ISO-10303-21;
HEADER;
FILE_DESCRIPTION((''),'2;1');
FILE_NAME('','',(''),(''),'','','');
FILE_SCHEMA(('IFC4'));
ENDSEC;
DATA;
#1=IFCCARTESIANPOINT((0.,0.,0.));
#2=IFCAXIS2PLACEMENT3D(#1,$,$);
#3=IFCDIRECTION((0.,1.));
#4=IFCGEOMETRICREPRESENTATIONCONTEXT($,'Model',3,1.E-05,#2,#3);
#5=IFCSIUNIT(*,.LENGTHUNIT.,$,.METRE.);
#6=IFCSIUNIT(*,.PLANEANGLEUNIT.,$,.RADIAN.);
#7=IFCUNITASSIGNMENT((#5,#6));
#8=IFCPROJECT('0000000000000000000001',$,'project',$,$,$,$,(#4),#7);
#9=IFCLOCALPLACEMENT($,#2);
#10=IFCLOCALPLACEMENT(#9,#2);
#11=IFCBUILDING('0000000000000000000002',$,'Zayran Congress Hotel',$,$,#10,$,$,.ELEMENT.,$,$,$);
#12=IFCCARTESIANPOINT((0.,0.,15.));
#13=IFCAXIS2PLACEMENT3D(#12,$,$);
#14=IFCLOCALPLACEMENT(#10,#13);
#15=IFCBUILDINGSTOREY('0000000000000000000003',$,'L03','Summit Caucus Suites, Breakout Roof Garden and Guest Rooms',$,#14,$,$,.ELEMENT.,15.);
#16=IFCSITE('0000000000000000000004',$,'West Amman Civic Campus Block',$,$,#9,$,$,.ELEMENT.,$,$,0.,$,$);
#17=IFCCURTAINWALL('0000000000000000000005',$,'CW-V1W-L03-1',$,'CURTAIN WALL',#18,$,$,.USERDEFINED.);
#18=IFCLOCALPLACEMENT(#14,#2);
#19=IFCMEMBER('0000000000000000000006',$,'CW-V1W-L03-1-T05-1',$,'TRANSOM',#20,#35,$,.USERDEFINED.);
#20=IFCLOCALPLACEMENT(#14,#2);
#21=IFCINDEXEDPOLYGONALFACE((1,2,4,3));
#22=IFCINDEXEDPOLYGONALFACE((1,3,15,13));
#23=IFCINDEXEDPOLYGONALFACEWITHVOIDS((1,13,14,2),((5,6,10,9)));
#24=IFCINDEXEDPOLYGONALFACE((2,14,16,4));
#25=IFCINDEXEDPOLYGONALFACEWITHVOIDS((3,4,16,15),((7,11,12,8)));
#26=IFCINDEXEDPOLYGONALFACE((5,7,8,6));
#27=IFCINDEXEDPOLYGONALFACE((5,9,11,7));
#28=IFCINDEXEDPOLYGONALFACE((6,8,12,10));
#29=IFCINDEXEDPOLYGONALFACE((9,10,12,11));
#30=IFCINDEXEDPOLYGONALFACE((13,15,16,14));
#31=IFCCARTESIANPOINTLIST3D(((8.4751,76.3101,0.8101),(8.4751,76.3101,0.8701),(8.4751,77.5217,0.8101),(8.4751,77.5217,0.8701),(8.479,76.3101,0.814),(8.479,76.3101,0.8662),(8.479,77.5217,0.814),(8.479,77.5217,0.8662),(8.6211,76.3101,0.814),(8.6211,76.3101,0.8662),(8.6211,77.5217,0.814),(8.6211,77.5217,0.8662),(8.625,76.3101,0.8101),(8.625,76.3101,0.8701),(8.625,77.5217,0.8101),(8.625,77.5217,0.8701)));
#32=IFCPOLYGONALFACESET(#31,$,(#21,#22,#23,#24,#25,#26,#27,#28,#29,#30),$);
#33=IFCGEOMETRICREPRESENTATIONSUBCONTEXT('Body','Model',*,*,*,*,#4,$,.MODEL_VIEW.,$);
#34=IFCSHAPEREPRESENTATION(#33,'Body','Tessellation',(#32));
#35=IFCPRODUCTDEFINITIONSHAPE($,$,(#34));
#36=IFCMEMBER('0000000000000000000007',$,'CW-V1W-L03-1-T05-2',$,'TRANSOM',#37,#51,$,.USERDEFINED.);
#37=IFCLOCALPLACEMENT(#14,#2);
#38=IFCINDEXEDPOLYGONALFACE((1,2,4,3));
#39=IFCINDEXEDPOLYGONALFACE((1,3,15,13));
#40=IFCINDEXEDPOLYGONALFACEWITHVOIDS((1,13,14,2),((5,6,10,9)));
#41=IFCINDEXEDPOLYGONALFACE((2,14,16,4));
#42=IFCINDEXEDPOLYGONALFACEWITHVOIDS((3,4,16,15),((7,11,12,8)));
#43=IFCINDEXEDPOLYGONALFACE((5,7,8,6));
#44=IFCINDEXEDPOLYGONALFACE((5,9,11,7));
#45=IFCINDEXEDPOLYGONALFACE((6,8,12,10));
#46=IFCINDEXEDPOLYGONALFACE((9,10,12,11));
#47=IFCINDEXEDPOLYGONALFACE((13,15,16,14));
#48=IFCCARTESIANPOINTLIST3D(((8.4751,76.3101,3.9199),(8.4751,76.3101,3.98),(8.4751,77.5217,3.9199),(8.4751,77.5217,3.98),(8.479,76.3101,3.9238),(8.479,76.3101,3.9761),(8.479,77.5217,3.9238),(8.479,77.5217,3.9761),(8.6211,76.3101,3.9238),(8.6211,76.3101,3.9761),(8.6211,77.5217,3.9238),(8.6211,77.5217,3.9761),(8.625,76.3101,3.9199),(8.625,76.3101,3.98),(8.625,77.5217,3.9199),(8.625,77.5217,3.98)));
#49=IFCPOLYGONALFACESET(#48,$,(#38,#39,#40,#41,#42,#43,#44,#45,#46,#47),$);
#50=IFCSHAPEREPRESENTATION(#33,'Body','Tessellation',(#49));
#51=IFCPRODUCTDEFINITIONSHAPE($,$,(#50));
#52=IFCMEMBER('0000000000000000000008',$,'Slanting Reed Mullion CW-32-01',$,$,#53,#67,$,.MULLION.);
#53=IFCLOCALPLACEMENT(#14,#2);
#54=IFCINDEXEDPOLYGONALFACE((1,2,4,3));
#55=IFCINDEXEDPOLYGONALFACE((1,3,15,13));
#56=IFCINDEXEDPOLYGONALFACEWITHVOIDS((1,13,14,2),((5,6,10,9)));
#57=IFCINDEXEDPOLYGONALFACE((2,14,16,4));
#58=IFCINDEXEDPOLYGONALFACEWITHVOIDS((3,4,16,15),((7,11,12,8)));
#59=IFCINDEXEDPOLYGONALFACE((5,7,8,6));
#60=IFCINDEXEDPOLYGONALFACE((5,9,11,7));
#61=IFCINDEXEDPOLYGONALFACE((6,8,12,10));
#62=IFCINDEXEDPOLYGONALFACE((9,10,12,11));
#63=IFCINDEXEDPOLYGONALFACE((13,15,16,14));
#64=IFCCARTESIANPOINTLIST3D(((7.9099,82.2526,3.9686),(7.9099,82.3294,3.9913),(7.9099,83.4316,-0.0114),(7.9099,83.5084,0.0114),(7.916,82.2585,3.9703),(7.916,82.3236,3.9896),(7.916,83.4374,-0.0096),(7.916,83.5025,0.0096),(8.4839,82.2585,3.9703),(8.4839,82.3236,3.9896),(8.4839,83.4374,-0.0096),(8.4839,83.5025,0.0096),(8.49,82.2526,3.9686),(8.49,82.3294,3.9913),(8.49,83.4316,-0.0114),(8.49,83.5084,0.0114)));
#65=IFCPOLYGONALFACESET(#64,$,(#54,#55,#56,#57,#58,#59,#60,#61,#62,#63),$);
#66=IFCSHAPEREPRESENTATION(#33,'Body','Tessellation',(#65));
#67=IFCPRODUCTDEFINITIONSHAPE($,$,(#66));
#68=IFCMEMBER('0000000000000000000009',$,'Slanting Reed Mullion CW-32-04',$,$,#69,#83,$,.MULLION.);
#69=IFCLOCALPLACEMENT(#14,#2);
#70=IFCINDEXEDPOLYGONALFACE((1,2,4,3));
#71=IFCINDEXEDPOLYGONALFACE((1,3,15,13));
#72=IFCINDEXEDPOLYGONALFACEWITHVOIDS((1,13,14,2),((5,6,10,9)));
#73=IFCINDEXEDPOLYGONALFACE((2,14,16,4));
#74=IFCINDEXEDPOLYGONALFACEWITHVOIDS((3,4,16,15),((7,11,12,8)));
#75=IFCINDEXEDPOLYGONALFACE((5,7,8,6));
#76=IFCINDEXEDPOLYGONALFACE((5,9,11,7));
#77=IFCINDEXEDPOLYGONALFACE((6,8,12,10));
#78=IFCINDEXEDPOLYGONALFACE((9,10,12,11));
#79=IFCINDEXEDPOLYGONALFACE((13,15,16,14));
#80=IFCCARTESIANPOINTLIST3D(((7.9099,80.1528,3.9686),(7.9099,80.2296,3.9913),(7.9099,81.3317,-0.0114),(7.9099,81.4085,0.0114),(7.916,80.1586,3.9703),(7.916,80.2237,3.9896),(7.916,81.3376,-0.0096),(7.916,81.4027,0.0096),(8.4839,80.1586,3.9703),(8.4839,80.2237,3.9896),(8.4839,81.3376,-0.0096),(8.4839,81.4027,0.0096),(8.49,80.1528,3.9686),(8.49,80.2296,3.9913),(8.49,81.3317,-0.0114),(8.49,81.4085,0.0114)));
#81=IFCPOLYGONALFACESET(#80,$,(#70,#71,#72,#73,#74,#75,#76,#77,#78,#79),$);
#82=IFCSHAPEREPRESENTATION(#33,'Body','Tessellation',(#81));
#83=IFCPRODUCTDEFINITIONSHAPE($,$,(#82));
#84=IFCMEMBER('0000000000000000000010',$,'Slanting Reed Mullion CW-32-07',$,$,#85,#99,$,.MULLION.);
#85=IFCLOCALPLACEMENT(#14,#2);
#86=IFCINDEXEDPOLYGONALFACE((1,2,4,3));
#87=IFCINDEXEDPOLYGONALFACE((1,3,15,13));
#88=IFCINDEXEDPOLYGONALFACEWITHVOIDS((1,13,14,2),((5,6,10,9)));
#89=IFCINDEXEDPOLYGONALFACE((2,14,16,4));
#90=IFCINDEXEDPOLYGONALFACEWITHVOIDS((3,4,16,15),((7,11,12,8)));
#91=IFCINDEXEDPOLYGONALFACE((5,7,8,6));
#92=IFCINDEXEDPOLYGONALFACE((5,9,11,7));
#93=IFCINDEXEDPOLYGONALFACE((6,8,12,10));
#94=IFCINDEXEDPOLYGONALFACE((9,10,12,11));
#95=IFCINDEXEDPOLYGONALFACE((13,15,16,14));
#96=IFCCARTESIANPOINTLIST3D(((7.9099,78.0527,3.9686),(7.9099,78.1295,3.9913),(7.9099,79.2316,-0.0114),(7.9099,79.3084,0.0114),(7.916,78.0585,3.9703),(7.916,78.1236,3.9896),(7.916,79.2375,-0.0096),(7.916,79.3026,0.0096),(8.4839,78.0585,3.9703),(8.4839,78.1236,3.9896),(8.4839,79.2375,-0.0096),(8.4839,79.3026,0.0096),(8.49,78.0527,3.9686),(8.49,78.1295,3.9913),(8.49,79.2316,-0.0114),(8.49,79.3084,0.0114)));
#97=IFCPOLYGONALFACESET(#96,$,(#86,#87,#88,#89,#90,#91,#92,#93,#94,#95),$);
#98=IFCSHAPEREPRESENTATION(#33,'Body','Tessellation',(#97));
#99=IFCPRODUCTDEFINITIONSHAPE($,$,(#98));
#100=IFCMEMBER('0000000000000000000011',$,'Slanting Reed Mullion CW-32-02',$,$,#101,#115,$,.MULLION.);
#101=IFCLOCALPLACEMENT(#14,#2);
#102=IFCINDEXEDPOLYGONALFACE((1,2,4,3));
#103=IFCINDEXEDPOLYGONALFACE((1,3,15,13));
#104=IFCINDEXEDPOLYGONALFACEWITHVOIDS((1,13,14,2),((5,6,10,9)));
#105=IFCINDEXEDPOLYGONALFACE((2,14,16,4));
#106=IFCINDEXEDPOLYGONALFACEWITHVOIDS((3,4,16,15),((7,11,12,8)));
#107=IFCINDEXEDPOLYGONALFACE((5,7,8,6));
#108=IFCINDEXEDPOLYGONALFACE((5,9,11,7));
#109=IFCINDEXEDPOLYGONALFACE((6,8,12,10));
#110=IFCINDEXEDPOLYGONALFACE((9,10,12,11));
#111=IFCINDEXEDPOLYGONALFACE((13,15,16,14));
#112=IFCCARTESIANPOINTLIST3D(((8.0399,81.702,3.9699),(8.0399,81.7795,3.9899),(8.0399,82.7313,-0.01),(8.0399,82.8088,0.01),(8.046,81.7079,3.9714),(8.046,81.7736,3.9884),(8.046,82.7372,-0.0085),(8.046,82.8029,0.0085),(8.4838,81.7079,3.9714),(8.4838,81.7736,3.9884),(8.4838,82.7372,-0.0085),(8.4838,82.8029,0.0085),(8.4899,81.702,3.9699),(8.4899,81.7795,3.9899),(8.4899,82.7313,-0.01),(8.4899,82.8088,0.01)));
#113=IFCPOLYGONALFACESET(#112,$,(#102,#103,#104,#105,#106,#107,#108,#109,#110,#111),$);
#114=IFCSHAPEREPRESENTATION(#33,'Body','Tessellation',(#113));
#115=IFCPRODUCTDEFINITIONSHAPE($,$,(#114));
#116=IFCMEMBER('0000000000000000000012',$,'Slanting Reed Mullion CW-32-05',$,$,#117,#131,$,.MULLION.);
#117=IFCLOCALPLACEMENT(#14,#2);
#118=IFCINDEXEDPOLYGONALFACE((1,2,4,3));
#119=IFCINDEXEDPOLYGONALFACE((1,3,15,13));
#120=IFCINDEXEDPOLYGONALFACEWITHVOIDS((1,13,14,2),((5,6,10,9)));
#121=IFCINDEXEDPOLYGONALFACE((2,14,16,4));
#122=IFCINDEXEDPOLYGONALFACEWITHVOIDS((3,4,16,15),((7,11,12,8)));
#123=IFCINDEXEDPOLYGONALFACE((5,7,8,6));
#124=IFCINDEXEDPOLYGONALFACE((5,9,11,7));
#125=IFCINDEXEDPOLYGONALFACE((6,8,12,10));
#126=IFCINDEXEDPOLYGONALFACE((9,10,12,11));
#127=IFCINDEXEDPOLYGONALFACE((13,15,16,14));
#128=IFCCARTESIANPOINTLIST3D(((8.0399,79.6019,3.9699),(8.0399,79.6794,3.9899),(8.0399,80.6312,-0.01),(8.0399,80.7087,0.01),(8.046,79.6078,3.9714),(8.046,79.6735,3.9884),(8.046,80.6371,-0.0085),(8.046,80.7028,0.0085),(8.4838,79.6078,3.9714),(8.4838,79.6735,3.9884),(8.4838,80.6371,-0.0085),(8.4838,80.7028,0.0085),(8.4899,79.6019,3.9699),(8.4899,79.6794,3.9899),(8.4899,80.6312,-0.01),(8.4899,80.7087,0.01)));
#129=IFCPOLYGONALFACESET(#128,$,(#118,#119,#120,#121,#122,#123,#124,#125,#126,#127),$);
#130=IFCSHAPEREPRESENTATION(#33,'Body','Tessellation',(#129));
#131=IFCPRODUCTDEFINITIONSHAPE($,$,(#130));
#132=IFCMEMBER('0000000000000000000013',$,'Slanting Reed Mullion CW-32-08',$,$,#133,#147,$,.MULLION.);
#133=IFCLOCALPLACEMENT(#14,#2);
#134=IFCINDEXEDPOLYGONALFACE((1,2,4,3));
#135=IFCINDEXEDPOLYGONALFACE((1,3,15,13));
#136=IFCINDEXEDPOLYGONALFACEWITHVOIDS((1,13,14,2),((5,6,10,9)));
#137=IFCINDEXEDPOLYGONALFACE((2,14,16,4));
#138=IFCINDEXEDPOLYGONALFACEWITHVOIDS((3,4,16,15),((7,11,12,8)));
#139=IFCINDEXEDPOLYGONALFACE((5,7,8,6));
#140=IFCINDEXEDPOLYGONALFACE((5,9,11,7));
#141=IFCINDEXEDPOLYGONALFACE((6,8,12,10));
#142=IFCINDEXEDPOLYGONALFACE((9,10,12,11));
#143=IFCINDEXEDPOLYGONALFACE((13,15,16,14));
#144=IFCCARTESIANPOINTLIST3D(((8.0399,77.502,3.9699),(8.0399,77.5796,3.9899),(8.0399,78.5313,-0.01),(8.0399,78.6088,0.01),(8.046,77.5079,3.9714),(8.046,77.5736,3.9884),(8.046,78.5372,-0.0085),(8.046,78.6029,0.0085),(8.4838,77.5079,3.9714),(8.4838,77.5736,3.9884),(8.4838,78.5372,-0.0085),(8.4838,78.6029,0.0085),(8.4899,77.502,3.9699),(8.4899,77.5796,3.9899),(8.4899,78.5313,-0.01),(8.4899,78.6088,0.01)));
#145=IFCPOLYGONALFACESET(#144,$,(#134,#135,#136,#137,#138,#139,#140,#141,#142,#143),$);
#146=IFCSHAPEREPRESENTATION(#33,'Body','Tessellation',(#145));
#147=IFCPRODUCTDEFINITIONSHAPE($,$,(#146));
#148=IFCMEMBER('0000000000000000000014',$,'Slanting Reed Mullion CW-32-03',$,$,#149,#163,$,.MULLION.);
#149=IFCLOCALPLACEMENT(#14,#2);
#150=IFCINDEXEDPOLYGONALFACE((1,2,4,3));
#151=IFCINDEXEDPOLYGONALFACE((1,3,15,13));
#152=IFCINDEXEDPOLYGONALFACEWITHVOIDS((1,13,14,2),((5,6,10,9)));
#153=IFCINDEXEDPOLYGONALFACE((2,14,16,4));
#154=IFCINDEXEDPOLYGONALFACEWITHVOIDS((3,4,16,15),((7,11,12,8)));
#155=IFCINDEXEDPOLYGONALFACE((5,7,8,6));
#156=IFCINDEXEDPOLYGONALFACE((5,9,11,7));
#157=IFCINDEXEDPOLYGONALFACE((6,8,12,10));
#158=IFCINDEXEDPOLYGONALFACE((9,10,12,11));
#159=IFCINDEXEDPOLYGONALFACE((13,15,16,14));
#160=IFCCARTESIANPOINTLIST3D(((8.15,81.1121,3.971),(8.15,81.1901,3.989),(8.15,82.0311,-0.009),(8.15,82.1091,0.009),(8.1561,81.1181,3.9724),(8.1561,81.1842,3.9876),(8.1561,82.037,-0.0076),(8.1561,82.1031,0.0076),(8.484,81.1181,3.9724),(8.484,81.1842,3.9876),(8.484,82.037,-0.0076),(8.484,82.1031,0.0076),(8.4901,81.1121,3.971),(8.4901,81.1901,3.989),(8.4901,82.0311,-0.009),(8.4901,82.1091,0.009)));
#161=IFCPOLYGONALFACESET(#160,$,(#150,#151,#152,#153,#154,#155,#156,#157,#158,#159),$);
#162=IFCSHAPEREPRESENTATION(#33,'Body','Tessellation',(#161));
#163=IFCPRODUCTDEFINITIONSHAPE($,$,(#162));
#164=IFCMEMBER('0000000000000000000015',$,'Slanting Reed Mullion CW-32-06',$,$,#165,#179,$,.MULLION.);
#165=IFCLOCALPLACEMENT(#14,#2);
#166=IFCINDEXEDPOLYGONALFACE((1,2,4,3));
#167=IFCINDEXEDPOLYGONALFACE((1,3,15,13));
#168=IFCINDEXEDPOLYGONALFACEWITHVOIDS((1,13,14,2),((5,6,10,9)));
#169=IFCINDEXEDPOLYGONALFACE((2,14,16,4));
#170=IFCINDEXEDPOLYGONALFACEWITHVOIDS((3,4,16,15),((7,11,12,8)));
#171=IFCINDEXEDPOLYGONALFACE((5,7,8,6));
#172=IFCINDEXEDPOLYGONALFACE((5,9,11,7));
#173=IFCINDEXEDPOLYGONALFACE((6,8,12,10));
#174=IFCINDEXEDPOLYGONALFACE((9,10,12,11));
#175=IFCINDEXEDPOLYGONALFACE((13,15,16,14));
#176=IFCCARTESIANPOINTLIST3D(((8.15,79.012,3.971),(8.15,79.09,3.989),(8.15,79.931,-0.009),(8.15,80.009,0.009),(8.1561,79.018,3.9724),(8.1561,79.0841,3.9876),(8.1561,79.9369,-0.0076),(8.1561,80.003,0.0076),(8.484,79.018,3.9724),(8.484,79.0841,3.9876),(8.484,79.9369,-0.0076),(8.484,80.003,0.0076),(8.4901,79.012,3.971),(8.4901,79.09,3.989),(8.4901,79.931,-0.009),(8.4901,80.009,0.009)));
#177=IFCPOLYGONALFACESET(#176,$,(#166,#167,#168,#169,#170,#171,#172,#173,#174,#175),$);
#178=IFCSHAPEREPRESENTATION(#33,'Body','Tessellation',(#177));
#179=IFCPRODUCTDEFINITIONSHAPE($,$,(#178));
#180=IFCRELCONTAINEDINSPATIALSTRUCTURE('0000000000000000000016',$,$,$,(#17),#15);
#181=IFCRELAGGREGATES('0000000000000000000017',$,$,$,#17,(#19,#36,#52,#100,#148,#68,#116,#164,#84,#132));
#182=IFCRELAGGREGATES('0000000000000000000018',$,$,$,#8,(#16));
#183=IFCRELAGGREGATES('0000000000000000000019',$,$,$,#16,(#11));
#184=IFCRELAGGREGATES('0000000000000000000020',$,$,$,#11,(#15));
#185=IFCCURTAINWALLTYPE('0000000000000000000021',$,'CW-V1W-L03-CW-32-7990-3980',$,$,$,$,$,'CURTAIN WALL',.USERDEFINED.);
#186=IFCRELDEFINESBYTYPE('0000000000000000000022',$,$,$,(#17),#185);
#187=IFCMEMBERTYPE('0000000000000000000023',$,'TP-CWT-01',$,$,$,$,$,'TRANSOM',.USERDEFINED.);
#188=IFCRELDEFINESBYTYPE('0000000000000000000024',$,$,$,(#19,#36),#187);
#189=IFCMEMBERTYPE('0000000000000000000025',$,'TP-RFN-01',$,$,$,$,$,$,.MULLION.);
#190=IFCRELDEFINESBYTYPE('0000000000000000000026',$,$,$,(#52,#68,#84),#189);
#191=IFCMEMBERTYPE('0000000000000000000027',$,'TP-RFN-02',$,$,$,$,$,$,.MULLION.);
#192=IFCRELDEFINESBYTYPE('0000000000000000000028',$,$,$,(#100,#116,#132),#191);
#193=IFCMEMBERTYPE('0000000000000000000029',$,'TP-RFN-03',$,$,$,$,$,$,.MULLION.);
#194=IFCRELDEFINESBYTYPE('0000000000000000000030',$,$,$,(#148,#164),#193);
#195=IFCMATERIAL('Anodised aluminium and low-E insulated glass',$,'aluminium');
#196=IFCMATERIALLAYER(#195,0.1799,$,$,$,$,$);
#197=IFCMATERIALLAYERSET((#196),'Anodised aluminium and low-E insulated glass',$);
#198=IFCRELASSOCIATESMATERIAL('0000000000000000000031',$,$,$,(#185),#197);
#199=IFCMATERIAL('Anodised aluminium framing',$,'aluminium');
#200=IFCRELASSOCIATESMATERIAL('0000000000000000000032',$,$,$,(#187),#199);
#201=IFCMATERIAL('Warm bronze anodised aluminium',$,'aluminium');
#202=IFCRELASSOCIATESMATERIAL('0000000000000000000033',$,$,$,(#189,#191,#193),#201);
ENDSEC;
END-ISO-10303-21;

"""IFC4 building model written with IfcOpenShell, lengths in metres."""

from ifc_helpers import new_model, si_unit, direction, frame, origin, origin_2d, place, context, subcontext, project, spatial, hollow_rectangle, extrude, material, layer, layer_set, material_profile, profile_set, type_object, element, aggregate, save


model = new_model("IFC4")

# Units and contexts
model_context = context("Model", 3, precision=1e-05, world=origin(), true_north=direction((0.0, 1.0)))
body_context = subcontext(model_context, "Body", "Model", "MODEL_VIEW")
ifc_project = project(units=[si_unit("LENGTHUNIT", "METRE"), si_unit("PLANEANGLEUNIT", "RADIAN")], contexts=[model_context])

# Site, building, storey
site_placement = place(None, origin())
site = spatial("IfcSite", under=ifc_project, at=site_placement, Name="West Amman Civic Campus Block", CompositionType="ELEMENT", RefElevation=0.0)
building_placement = place(site_placement, origin())
building = spatial("IfcBuilding", under=site, at=building_placement, Name="Zayran Congress Hotel", CompositionType="ELEMENT")
storey_placement = place(building_placement, frame((0.0, 0.0, 15.0)))
storey = spatial("IfcBuildingStorey", under=building, at=storey_placement, Name="L03", Description="Summit Caucus Suites, Breakout Roof Garden and Guest Rooms", CompositionType="ELEMENT", Elevation=15.0)

# Shared definitions
ifc_material_1 = material(Name="Anodised aluminium and low-E insulated glass", Category="aluminium")
ifc_material_2 = material(Name="Anodised aluminium framing", Category="aluminium")

# Curtain wall, members
ifc_layer_1 = layer(ifc_material_1, 0.1799)
ifc_layer_set_1 = layer_set([ifc_layer_1], Name="Anodised aluminium and low-E insulated glass")
curtain_wall_type_1 = type_object("IfcCurtainWallType", Name="CW-V1W-L03-CW-32-7990-3980", ElementType="CURTAIN WALL", PredefinedType="USERDEFINED", material=ifc_layer_set_1)
curtain_wall_1_placement = place(storey_placement, origin())
curtain_wall_1 = element("IfcCurtainWall", 1, at=curtain_wall_1_placement, inside=storey, type_object=curtain_wall_type_1, Name="CW-V1W-L03-1", ObjectType="CURTAIN WALL", PredefinedType="USERDEFINED")
ifc_material_profile_1 = material_profile(ifc_material_2, hollow_rectangle(XDim=0.0601, YDim=0.1499, WallThickness=0.0039, at=origin_2d()), Name="RHS 150x60x4")
ifc_profile_set_1 = profile_set([ifc_material_profile_1], Name="Anodised aluminium framing")
member_type_1 = type_object("IfcMemberType", Name="TP-CWT-01", ElementType="TRANSOM", PredefinedType="USERDEFINED", material=ifc_profile_set_1)
member_1_placement = place(storey_placement, frame((8.55, 77.5217, 0.8401), z_axis=(0.0, -1.0, 0.0), x_axis=(0.0, 0.0, 1.0)))
member_1 = element("IfcMember", 2, at=member_1_placement, type_object=member_type_1, Name="CW-V1W-L03-1-T05-1", ObjectType="TRANSOM", PredefinedType="USERDEFINED", context=body_context, shape_type="SweptSolid", body=[
    extrude(hollow_rectangle(XDim=0.0601, YDim=0.1499, WallThickness=0.0039, at=origin_2d()), origin(), (0.0, 0.0, 1.0), 1.2117),
])
member_2_placement = place(storey_placement, frame((8.55, 77.5217, 3.95), z_axis=(0.0, -1.0, 0.0), x_axis=(0.0, 0.0, 1.0)))
member_2 = element("IfcMember", 3, at=member_2_placement, type_object=member_type_1, Name="CW-V1W-L03-1-T05-2", ObjectType="TRANSOM", PredefinedType="USERDEFINED", context=body_context, shape_type="SweptSolid", body=[
    extrude(hollow_rectangle(XDim=0.0601, YDim=0.1499, WallThickness=0.0039, at=origin_2d()), origin(), (0.0, 0.0, 1.0), 1.2117),
])
ifc_material_3 = material(Name="Warm bronze anodised aluminium", Category="aluminium")
ifc_material_profile_2 = material_profile(ifc_material_3, hollow_rectangle(XDim=0.0801, YDim=0.5801, WallThickness=0.0061, at=origin_2d()), Name="RHS 580x80x6")
ifc_profile_set_2 = profile_set([ifc_material_profile_2], Name="Warm bronze anodised aluminium")
member_type_2 = type_object("IfcMemberType", Name="TP-RFN-01", PredefinedType="MULLION", material=ifc_profile_set_2)
member_3_placement = place(storey_placement, frame((8.2, 83.47, 0.0), z_axis=(0.0, -0.284022, 0.958818), x_axis=(0.0, 0.958818, 0.284022)))
member_3 = element("IfcMember", 4, at=member_3_placement, type_object=member_type_2, Name="Slanting Reed Mullion CW-32-01", PredefinedType="MULLION", context=body_context, shape_type="SweptSolid", body=[
    extrude(hollow_rectangle(XDim=0.0801, YDim=0.5801, WallThickness=0.0061, at=origin_2d()), origin(), (0.0, 0.0, 1.0), 4.1509),
])
member_4_placement = place(storey_placement, frame((8.2, 81.3701, 0.0), z_axis=(0.0, -0.284022, 0.958818), x_axis=(0.0, 0.958818, 0.284022)))
member_4 = element("IfcMember", 5, at=member_4_placement, type_object=member_type_2, Name="Slanting Reed Mullion CW-32-04", PredefinedType="MULLION", context=body_context, shape_type="SweptSolid", body=[
    extrude(hollow_rectangle(XDim=0.0801, YDim=0.5801, WallThickness=0.0061, at=origin_2d()), origin(), (0.0, 0.0, 1.0), 4.1509),
])
member_5_placement = place(storey_placement, frame((8.2, 79.27, 0.0), z_axis=(0.0, -0.284022, 0.958818), x_axis=(0.0, 0.958818, 0.284022)))
member_5 = element("IfcMember", 6, at=member_5_placement, type_object=member_type_2, Name="Slanting Reed Mullion CW-32-07", PredefinedType="MULLION", context=body_context, shape_type="SweptSolid", body=[
    extrude(hollow_rectangle(XDim=0.0801, YDim=0.5801, WallThickness=0.0061, at=origin_2d()), origin(), (0.0, 0.0, 1.0), 4.1509),
])
ifc_material_profile_3 = material_profile(ifc_material_3, hollow_rectangle(XDim=0.0801, YDim=0.45, WallThickness=0.0061, at=origin_2d()), Name="RHS 450x80x6")
ifc_profile_set_3 = profile_set([ifc_material_profile_3], Name="Warm bronze anodised aluminium")
member_type_3 = type_object("IfcMemberType", Name="TP-RFN-02", PredefinedType="MULLION", material=ifc_profile_set_3)
member_6_placement = place(storey_placement, frame((8.2649, 82.77, 0.0), z_axis=(0.0, -0.250381, 0.968147), x_axis=(0.0, 0.968147, 0.250381)))
member_6 = element("IfcMember", 7, at=member_6_placement, type_object=member_type_3, Name="Slanting Reed Mullion CW-32-02", PredefinedType="MULLION", context=body_context, shape_type="SweptSolid", body=[
    extrude(hollow_rectangle(XDim=0.0801, YDim=0.45, WallThickness=0.0061, at=origin_2d()), origin(), (0.0, 0.0, 1.0), 4.1108),
])
member_7_placement = place(storey_placement, frame((8.2649, 80.6699, 0.0), z_axis=(0.0, -0.250381, 0.968147), x_axis=(0.0, 0.968147, 0.250381)))
member_7 = element("IfcMember", 8, at=member_7_placement, type_object=member_type_3, Name="Slanting Reed Mullion CW-32-05", PredefinedType="MULLION", context=body_context, shape_type="SweptSolid", body=[
    extrude(hollow_rectangle(XDim=0.0801, YDim=0.45, WallThickness=0.0061, at=origin_2d()), origin(), (0.0, 0.0, 1.0), 4.1108),
])
member_8_placement = place(storey_placement, frame((8.2649, 78.5701, 0.0), z_axis=(0.0, -0.250381, 0.968147), x_axis=(0.0, 0.968147, 0.250381)))
member_8 = element("IfcMember", 9, at=member_8_placement, type_object=member_type_3, Name="Slanting Reed Mullion CW-32-08", PredefinedType="MULLION", context=body_context, shape_type="SweptSolid", body=[
    extrude(hollow_rectangle(XDim=0.0801, YDim=0.45, WallThickness=0.0061, at=origin_2d()), origin(), (0.0, 0.0, 1.0), 4.1108),
])
ifc_material_profile_4 = material_profile(ifc_material_3, hollow_rectangle(XDim=0.0801, YDim=0.3401, WallThickness=0.0061, at=origin_2d()), Name="RHS 340x80x6")
ifc_profile_set_4 = profile_set([ifc_material_profile_4], Name="Warm bronze anodised aluminium")
member_type_4 = type_object("IfcMemberType", Name="TP-RFN-03", PredefinedType="MULLION", material=ifc_profile_set_4)
member_9_placement = place(storey_placement, frame((8.3201, 82.0701, 0.0), z_axis=(0.0, -0.224973, 0.974365), x_axis=(0.0, 0.974365, 0.224973)))
member_9 = element("IfcMember", 10, at=member_9_placement, type_object=member_type_4, Name="Slanting Reed Mullion CW-32-03", PredefinedType="MULLION", context=body_context, shape_type="SweptSolid", body=[
    extrude(hollow_rectangle(XDim=0.0801, YDim=0.3401, WallThickness=0.0061, at=origin_2d()), origin(), (0.0, 0.0, 1.0), 4.0847),
])
member_10_placement = place(storey_placement, frame((8.3201, 79.97, 0.0), z_axis=(0.0, -0.224973, 0.974365), x_axis=(0.0, 0.974365, 0.224973)))
member_10 = element("IfcMember", 11, at=member_10_placement, type_object=member_type_4, Name="Slanting Reed Mullion CW-32-06", PredefinedType="MULLION", context=body_context, shape_type="SweptSolid", body=[
    extrude(hollow_rectangle(XDim=0.0801, YDim=0.3401, WallThickness=0.0061, at=origin_2d()), origin(), (0.0, 0.0, 1.0), 4.0847),
])
aggregate(curtain_wall_1, [member_1, member_2, member_3, member_6, member_9, member_4, member_7, member_10, member_5, member_8])

save(model, "model.ifc")
